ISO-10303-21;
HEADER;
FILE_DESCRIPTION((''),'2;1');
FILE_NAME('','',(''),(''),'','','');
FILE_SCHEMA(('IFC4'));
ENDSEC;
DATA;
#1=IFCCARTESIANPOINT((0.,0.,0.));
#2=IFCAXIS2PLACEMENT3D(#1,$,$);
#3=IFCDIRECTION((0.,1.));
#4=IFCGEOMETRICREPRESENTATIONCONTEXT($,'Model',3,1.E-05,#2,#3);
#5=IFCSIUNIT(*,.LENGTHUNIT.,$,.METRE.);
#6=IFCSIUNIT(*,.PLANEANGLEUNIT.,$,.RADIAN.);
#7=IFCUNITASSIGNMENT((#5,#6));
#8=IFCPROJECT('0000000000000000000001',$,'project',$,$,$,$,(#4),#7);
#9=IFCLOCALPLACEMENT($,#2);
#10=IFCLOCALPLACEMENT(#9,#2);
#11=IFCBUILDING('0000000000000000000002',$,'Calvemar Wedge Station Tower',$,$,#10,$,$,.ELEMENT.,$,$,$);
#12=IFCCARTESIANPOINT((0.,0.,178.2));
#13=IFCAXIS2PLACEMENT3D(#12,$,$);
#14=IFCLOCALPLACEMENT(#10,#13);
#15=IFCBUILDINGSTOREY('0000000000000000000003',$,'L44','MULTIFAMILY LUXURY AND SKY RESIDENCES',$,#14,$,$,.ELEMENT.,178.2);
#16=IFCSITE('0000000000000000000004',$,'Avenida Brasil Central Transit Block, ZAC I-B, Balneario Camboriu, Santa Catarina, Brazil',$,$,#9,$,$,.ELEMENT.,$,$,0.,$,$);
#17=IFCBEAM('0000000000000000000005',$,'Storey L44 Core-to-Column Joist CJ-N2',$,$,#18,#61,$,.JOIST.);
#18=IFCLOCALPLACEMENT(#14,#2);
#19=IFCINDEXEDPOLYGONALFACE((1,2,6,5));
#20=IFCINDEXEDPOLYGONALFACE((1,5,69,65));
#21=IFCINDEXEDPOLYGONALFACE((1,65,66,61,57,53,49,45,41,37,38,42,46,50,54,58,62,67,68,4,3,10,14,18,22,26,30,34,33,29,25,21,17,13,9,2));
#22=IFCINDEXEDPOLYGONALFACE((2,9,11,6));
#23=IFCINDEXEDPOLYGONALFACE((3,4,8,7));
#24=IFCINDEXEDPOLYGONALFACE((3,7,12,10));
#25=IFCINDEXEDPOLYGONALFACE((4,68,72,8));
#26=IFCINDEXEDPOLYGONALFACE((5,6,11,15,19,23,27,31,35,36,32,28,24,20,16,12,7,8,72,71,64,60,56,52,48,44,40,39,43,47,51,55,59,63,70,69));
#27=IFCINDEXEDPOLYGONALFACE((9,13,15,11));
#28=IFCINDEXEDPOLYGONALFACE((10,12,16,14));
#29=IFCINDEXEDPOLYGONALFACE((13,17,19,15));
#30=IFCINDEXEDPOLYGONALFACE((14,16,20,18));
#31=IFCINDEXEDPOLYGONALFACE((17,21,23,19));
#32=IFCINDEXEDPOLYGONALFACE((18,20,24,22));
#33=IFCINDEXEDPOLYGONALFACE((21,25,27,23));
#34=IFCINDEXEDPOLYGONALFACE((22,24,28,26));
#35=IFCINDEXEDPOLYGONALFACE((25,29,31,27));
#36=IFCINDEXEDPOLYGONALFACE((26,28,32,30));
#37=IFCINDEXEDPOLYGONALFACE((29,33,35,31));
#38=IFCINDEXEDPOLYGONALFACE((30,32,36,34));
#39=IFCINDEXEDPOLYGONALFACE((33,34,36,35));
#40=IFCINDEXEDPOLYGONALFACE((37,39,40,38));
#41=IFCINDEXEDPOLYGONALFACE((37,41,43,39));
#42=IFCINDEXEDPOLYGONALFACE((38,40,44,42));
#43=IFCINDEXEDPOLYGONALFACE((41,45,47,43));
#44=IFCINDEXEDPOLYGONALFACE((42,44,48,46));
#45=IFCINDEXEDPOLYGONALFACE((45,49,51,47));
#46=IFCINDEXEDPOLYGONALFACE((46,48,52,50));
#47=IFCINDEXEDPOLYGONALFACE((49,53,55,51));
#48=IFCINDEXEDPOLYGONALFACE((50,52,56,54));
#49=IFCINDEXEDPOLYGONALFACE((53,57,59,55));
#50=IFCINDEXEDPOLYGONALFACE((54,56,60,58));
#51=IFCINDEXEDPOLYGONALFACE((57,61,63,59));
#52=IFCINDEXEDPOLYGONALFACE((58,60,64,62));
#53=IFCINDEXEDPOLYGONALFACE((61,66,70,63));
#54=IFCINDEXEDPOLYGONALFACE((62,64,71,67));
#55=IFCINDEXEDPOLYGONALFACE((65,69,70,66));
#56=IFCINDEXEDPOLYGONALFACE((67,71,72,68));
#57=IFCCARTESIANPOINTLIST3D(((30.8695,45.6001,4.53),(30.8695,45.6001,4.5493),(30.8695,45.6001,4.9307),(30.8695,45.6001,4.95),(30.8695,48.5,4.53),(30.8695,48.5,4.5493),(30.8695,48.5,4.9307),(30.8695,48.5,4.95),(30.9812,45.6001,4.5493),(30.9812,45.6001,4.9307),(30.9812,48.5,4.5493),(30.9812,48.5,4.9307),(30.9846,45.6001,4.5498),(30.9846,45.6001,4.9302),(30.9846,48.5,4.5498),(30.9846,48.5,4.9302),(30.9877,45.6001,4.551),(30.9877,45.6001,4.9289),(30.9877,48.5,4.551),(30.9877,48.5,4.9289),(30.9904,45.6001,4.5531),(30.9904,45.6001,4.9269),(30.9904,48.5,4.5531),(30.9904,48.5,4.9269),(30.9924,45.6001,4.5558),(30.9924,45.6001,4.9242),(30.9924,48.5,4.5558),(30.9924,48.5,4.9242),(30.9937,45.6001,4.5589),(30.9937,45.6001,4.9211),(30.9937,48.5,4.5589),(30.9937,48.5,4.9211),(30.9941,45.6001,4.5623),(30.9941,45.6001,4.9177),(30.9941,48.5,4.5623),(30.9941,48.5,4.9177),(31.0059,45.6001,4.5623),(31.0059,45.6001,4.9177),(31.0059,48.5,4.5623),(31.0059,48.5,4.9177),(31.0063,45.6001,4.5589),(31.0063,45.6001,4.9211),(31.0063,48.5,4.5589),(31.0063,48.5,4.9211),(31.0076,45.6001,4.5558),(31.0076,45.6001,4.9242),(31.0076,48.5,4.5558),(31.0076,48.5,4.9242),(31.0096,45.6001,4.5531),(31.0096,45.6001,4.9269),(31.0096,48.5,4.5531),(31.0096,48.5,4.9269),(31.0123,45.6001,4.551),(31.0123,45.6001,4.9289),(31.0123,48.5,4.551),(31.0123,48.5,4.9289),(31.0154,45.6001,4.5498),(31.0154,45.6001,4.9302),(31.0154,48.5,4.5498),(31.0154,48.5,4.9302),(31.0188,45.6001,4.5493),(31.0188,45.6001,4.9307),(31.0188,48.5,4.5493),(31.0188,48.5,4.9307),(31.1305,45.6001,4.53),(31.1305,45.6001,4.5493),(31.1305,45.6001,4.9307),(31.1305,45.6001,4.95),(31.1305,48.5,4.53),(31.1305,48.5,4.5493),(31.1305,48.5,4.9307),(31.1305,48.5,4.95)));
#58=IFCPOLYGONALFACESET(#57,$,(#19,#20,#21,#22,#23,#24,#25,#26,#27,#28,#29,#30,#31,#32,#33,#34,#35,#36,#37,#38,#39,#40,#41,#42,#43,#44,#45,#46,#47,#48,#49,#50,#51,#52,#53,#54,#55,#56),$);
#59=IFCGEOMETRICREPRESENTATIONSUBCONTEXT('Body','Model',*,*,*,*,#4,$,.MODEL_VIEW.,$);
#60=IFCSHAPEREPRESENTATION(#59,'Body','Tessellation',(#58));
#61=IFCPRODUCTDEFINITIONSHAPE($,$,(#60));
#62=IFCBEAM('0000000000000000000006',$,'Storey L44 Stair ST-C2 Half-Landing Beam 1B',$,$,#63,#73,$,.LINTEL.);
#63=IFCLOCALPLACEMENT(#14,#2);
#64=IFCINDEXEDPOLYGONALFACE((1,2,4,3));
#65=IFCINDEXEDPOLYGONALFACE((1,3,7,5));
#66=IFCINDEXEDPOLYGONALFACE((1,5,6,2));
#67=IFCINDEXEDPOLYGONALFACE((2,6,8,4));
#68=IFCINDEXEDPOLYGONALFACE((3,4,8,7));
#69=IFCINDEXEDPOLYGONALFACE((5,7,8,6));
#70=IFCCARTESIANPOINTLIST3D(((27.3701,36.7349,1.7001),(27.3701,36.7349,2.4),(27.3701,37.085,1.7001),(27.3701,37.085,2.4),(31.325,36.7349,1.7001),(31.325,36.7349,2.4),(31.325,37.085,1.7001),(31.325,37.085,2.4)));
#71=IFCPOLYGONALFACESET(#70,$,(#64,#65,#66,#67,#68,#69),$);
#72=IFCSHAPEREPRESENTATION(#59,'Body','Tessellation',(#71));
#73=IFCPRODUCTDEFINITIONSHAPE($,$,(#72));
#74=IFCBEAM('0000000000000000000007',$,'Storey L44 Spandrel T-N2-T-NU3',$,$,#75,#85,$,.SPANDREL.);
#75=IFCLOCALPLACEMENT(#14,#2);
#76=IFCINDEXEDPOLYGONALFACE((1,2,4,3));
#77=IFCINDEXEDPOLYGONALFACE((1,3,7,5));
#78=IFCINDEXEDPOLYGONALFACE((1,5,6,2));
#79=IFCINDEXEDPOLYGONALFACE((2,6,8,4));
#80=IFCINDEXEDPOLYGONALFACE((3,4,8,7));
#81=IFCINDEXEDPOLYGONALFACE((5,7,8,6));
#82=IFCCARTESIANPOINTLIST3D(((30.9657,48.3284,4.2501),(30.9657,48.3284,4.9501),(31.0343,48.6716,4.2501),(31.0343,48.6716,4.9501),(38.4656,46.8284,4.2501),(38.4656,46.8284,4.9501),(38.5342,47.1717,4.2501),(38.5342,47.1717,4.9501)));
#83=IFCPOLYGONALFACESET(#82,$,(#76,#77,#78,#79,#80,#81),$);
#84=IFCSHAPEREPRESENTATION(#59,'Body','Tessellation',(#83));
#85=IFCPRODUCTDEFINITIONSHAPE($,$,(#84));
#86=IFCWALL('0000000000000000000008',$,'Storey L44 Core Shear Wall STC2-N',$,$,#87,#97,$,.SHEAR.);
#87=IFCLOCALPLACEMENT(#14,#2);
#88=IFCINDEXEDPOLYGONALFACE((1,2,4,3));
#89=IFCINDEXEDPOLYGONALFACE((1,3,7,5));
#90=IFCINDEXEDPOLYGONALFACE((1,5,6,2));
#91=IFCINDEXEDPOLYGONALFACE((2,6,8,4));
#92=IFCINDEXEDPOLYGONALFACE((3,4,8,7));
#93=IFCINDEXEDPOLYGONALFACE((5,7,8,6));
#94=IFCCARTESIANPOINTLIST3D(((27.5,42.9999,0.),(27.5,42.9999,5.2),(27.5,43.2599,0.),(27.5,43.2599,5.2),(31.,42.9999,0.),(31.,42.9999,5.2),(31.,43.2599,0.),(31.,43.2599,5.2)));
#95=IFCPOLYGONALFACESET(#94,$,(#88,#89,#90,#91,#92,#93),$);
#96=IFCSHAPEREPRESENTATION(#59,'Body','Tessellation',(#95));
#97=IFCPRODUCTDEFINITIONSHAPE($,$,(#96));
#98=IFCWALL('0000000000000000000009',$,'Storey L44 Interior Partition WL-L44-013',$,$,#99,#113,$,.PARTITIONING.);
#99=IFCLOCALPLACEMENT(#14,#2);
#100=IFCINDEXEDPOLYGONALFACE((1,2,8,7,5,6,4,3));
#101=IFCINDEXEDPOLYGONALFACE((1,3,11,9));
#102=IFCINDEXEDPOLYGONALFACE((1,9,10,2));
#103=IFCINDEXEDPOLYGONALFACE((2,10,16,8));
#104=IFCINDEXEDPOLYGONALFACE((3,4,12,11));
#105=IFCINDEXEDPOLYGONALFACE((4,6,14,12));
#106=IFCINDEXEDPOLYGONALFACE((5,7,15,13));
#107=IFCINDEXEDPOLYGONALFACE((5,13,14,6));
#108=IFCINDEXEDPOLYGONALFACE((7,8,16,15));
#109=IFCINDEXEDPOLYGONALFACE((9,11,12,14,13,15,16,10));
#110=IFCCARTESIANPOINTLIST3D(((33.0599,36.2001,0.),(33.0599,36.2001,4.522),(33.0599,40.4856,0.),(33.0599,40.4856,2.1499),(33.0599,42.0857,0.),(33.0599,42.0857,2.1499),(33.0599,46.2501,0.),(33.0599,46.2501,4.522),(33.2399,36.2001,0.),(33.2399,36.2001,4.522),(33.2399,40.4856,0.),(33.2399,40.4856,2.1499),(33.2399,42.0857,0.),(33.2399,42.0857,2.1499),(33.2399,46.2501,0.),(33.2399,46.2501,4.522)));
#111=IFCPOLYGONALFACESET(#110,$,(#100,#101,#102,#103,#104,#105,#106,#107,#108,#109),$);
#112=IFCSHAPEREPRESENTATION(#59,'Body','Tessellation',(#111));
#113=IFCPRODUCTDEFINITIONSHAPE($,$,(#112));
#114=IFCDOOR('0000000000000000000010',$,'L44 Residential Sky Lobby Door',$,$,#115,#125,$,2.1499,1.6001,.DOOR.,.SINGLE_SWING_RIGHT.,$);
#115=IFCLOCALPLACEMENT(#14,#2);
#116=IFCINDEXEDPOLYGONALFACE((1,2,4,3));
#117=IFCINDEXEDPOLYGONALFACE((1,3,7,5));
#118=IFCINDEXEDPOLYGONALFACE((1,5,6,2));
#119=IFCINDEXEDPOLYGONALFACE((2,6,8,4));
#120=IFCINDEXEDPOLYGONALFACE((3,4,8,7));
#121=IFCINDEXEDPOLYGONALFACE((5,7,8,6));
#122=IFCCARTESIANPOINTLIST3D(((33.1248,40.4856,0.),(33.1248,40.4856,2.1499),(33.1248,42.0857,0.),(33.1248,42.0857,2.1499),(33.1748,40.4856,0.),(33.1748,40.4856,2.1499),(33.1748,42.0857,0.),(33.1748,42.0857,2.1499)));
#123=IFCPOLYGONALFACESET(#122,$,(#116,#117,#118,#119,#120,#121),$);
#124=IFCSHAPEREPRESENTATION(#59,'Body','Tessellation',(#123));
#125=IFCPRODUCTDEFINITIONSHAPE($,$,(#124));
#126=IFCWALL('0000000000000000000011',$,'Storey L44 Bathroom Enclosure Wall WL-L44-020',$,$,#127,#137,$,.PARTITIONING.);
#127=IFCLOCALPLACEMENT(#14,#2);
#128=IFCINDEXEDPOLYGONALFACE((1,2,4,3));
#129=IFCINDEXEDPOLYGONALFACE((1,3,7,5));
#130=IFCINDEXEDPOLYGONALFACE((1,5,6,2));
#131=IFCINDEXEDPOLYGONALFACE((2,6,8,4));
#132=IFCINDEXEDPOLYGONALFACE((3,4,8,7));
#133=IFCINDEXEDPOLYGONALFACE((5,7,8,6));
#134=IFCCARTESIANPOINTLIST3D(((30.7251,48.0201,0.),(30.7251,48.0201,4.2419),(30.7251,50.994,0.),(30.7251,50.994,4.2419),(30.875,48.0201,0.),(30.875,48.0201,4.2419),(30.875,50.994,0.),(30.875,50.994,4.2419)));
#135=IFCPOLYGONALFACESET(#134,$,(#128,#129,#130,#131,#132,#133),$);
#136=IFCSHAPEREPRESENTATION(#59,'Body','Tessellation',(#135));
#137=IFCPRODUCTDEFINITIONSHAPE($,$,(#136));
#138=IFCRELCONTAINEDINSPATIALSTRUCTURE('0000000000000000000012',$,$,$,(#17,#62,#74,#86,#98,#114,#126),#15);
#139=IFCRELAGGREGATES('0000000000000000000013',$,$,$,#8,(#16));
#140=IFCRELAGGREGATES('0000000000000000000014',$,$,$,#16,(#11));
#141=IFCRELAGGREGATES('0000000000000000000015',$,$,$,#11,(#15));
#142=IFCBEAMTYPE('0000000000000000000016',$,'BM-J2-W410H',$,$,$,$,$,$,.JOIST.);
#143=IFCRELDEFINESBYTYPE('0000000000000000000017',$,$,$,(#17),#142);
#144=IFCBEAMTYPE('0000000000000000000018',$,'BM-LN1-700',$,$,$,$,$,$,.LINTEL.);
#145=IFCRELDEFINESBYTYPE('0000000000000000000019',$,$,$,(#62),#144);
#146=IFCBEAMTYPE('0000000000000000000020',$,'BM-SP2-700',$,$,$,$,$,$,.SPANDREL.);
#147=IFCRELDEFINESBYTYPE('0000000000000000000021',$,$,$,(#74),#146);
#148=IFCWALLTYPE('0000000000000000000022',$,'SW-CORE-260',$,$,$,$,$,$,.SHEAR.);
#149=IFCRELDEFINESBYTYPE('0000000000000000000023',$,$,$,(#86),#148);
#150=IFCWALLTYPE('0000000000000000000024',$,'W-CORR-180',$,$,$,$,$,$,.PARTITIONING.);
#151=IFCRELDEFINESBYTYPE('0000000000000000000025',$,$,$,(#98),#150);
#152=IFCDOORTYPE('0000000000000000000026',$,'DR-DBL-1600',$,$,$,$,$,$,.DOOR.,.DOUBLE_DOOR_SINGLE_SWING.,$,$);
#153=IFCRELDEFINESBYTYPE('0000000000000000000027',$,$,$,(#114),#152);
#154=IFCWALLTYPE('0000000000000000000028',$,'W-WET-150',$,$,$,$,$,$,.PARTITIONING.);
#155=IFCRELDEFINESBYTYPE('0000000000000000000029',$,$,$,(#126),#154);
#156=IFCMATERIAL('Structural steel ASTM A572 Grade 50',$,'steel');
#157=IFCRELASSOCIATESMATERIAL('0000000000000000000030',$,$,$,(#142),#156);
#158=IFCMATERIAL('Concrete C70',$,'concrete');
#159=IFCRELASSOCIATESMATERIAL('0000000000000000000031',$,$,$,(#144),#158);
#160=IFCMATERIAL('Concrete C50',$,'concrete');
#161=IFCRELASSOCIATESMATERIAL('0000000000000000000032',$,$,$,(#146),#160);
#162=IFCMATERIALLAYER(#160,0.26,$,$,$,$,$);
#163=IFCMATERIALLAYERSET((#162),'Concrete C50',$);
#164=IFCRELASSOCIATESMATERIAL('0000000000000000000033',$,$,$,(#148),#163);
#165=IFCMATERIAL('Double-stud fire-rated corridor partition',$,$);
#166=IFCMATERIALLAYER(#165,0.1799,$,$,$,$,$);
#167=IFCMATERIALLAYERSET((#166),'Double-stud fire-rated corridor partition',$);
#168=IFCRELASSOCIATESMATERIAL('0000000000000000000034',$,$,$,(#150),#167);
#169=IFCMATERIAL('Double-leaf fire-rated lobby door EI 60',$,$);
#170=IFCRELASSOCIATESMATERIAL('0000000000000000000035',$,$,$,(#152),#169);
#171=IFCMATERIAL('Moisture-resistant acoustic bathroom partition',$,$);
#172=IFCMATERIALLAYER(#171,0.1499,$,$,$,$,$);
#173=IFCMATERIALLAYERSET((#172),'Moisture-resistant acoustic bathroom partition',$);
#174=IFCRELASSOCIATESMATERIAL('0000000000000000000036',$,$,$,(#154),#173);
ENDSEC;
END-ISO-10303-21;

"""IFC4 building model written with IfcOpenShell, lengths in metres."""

from ifc_helpers import new_model, si_unit, direction, frame, frame_2d, origin, origin_2d, place, context, subcontext, project, spatial, rectangle, i_section, extrude, source, transform, mapped, material, layer, layer_set, material_profile, profile_set, type_object, element, fill, save


model = new_model("IFC4")

# Units and contexts
model_context = context("Model", 3, precision=1e-05, world=origin(), true_north=direction((0.0, 1.0)))
body_context = subcontext(model_context, "Body", "Model", "MODEL_VIEW")
ifc_project = project(units=[si_unit("LENGTHUNIT", "METRE"), si_unit("PLANEANGLEUNIT", "RADIAN")], contexts=[model_context])

# Site, building, storey
site_placement = place(None, origin())
site = spatial("IfcSite", under=ifc_project, at=site_placement, Name="Avenida Brasil Central Transit Block, ZAC I-B, Balneario Camboriu, Santa Catarina, Brazil", CompositionType="ELEMENT", RefElevation=0.0)
building_placement = place(site_placement, origin())
building = spatial("IfcBuilding", under=site, at=building_placement, Name="Calvemar Wedge Station Tower", CompositionType="ELEMENT")
storey_placement = place(building_placement, frame((0.0, 0.0, 178.2)))
storey = spatial("IfcBuildingStorey", under=building, at=storey_placement, Name="L44", Description="MULTIFAMILY LUXURY AND SKY RESIDENCES", CompositionType="ELEMENT", Elevation=178.2)

# Shared definitions
ifc_material_1 = material(Name="Concrete C50", Category="concrete")

# Beams
ifc_material_2 = material(Name="Structural steel ASTM A572 Grade 50", Category="steel")
ifc_material_profile_1 = material_profile(ifc_material_2, i_section(OverallWidth=0.261, OverallDepth=0.4199, WebThickness=0.0117, FlangeThickness=0.0193, FilletRadius=0.0129, at=origin_2d()), Name="W410x114")
ifc_profile_set_1 = profile_set([ifc_material_profile_1], Name="Structural steel ASTM A572 Grade 50")
beam_type_1 = type_object("IfcBeamType", Name="BM-J2-W410H", PredefinedType="JOIST", material=ifc_profile_set_1)
shared_shape_1 = source(origin(), body_context, "Body", "SweptSolid", [
    extrude(i_section(OverallWidth=0.261, OverallDepth=0.4199, WebThickness=0.0117, FlangeThickness=0.0193, FilletRadius=0.0129, at=origin_2d()), origin(), (0.0, 0.0, 1.0), 2.8999),
])
beam_1_placement = place(storey_placement, frame((31.0, 45.6001, 4.74), z_axis=(0.0, 1.0, 0.0), x_axis=(-1.0, 0.0, 0.0)))
element("IfcBeam", 1, at=beam_1_placement, inside=storey, type_object=beam_type_1, Name="Storey L44 Core-to-Column Joist CJ-N2", PredefinedType="JOIST", context=body_context, shape_type="MappedRepresentation", body=[
    mapped(shared_shape_1, transform((0.0, 0.0, 0.0), scale=1.0)),
])
ifc_material_3 = material(Name="Concrete C70", Category="concrete")
ifc_material_profile_2 = material_profile(ifc_material_3, rectangle(XDim=0.3501, YDim=0.7, at=origin_2d()), Name="RC350x700")
ifc_profile_set_2 = profile_set([ifc_material_profile_2], Name="Concrete C70")
beam_type_2 = type_object("IfcBeamType", Name="BM-LN1-700", PredefinedType="LINTEL", material=ifc_profile_set_2)
shared_shape_2 = source(origin(), body_context, "Body", "SweptSolid", [
    extrude(rectangle(XDim=0.3501, YDim=0.7, at=origin_2d()), origin(), (0.0, 0.0, 1.0), 3.9548),
])
beam_2_placement = place(storey_placement, frame((27.3701, 36.9099, 2.05), z_axis=(1.0, 0.0, 0.0), x_axis=(0.0, 1.0, 0.0)))
element("IfcBeam", 2, at=beam_2_placement, inside=storey, type_object=beam_type_2, Name="Storey L44 Stair ST-C2 Half-Landing Beam 1B", PredefinedType="LINTEL", context=body_context, shape_type="MappedRepresentation", body=[
    mapped(shared_shape_2, transform((0.0, 0.0, 0.0), scale=1.0)),
])
ifc_material_profile_3 = material_profile(ifc_material_1, rectangle(XDim=0.3501, YDim=0.7, at=origin_2d()), Name="RC350x700")
ifc_profile_set_3 = profile_set([ifc_material_profile_3], Name="Concrete C50")
beam_type_3 = type_object("IfcBeamType", Name="BM-SP2-700", PredefinedType="SPANDREL", material=ifc_profile_set_3)
shared_shape_3 = source(origin(), body_context, "Body", "SweptSolid", [
    extrude(rectangle(XDim=0.3501, YDim=0.7, at=origin_2d()), origin(), (0.0, 0.0, 1.0), 7.6484),
])
beam_3_placement = place(storey_placement, frame((31.0, 48.5, 4.6001), z_axis=(0.980581, -0.196116, 0.0), x_axis=(0.196116, 0.980581, 0.0)))
element("IfcBeam", 3, at=beam_3_placement, inside=storey, type_object=beam_type_3, Name="Storey L44 Spandrel T-N2-T-NU3", PredefinedType="SPANDREL", context=body_context, shape_type="MappedRepresentation", body=[
    mapped(shared_shape_3, transform((0.0, 0.0, 0.0), scale=1.0)),
])

# Wall
ifc_layer_1 = layer(ifc_material_1, 0.26)
ifc_layer_set_1 = layer_set([ifc_layer_1], Name="Concrete C50")
wall_type_1 = type_object("IfcWallType", Name="SW-CORE-260", PredefinedType="SHEAR", material=ifc_layer_set_1)
wall_1_placement = place(storey_placement, frame((27.5, 43.1299, 0.0), z_axis=(0.0, 0.0, 1.0), x_axis=(1.0, 0.0, 0.0)))
element("IfcWall", 4, at=wall_1_placement, inside=storey, type_object=wall_type_1, Name="Storey L44 Core Shear Wall STC2-N", PredefinedType="SHEAR", context=body_context, shape_type="SweptSolid", body=[
    extrude(rectangle(XDim=3.5, YDim=0.26, at=frame_2d((1.75, 0.0))), origin(), (0.0, 0.0, 1.0), 5.2),
])

# Wall, opening, door
ifc_material_4 = material(Name="Double-stud fire-rated corridor partition")
ifc_layer_2 = layer(ifc_material_4, 0.1799)
ifc_layer_set_2 = layer_set([ifc_layer_2], Name="Double-stud fire-rated corridor partition")
wall_type_2 = type_object("IfcWallType", Name="W-CORR-180", PredefinedType="PARTITIONING", material=ifc_layer_set_2)
wall_2_placement = place(storey_placement, frame((33.1499, 46.25, 0.0), z_axis=(0.0, 0.0, 1.0), x_axis=(0.0, -1.0, 0.0)))
wall_2 = element("IfcWall", 5, at=wall_2_placement, inside=storey, type_object=wall_type_2, Name="Storey L44 Interior Partition WL-L44-013", PredefinedType="PARTITIONING", context=body_context, shape_type="SweptSolid", body=[
    extrude(rectangle(XDim=10.05, YDim=0.1799, at=frame_2d((5.0249, 0.0))), origin(), (0.0, 0.0, 1.0), 4.522),
])
shared_shape_4 = source(origin(), body_context, "Body", "SweptSolid", [
    extrude(rectangle(XDim=1.6001, YDim=2.1499, at=frame_2d((0.8, 1.075))), frame((0.0, 0.1001, 0.0), z_axis=(0.0, -1.0, 0.0), x_axis=(1.0, 0.0, 0.0)), (0.0, 0.0, 1.0), 0.2),
])
opening_1_placement = place(wall_2_placement, frame((4.1643, 0.0, 0.0)))
opening_1 = element("IfcOpeningElement", 6, at=opening_1_placement, cuts=wall_2, PredefinedType="OPENING", context=body_context, shape_type="MappedRepresentation", body=[
    mapped(shared_shape_4, transform((0.0, 0.0, 0.0), scale=1.0)),
])
ifc_material_5 = material(Name="Double-leaf fire-rated lobby door EI 60")
door_type_1 = type_object("IfcDoorType", Name="DR-DBL-1600", OperationType="DOUBLE_DOOR_SINGLE_SWING", PredefinedType="DOOR", material=ifc_material_5)
shared_shape_5 = source(origin(), body_context, "Body", "SweptSolid", [
    extrude(rectangle(XDim=1.6001, YDim=2.1499, at=frame_2d((0.8, 1.075))), frame((0.0, 0.0249, 0.0), z_axis=(0.0, -1.0, 0.0), x_axis=(1.0, 0.0, 0.0)), (0.0, 0.0, 1.0), 0.05),
])
door_1_placement = place(opening_1_placement, origin())
door_1 = element("IfcDoor", 7, at=door_1_placement, inside=storey, type_object=door_type_1, Name="L44 Residential Sky Lobby Door", OperationType="SINGLE_SWING_RIGHT", OverallHeight=2.1499, OverallWidth=1.6001, PredefinedType="DOOR", context=body_context, shape_type="MappedRepresentation", body=[
    mapped(shared_shape_5, transform((0.0, 0.0, 0.0), scale=1.0)),
])
fill(opening_1, door_1)

# Wall
ifc_material_6 = material(Name="Moisture-resistant acoustic bathroom partition")
ifc_layer_3 = layer(ifc_material_6, 0.1499)
ifc_layer_set_3 = layer_set([ifc_layer_3], Name="Moisture-resistant acoustic bathroom partition")
wall_type_3 = type_object("IfcWallType", Name="W-WET-150", PredefinedType="PARTITIONING", material=ifc_layer_set_3)
wall_3_placement = place(storey_placement, frame((30.8, 50.9939, 0.0), z_axis=(0.0, 0.0, 1.0), x_axis=(0.0, -1.0, 0.0)))
element("IfcWall", 8, at=wall_3_placement, inside=storey, type_object=wall_type_3, Name="Storey L44 Bathroom Enclosure Wall WL-L44-020", PredefinedType="PARTITIONING", context=body_context, shape_type="SweptSolid", body=[
    extrude(rectangle(XDim=2.9739, YDim=0.1499, at=frame_2d((1.4868, 0.0))), origin(), (0.0, 0.0, 1.0), 4.2419),
])

save(model, "model.ifc")
